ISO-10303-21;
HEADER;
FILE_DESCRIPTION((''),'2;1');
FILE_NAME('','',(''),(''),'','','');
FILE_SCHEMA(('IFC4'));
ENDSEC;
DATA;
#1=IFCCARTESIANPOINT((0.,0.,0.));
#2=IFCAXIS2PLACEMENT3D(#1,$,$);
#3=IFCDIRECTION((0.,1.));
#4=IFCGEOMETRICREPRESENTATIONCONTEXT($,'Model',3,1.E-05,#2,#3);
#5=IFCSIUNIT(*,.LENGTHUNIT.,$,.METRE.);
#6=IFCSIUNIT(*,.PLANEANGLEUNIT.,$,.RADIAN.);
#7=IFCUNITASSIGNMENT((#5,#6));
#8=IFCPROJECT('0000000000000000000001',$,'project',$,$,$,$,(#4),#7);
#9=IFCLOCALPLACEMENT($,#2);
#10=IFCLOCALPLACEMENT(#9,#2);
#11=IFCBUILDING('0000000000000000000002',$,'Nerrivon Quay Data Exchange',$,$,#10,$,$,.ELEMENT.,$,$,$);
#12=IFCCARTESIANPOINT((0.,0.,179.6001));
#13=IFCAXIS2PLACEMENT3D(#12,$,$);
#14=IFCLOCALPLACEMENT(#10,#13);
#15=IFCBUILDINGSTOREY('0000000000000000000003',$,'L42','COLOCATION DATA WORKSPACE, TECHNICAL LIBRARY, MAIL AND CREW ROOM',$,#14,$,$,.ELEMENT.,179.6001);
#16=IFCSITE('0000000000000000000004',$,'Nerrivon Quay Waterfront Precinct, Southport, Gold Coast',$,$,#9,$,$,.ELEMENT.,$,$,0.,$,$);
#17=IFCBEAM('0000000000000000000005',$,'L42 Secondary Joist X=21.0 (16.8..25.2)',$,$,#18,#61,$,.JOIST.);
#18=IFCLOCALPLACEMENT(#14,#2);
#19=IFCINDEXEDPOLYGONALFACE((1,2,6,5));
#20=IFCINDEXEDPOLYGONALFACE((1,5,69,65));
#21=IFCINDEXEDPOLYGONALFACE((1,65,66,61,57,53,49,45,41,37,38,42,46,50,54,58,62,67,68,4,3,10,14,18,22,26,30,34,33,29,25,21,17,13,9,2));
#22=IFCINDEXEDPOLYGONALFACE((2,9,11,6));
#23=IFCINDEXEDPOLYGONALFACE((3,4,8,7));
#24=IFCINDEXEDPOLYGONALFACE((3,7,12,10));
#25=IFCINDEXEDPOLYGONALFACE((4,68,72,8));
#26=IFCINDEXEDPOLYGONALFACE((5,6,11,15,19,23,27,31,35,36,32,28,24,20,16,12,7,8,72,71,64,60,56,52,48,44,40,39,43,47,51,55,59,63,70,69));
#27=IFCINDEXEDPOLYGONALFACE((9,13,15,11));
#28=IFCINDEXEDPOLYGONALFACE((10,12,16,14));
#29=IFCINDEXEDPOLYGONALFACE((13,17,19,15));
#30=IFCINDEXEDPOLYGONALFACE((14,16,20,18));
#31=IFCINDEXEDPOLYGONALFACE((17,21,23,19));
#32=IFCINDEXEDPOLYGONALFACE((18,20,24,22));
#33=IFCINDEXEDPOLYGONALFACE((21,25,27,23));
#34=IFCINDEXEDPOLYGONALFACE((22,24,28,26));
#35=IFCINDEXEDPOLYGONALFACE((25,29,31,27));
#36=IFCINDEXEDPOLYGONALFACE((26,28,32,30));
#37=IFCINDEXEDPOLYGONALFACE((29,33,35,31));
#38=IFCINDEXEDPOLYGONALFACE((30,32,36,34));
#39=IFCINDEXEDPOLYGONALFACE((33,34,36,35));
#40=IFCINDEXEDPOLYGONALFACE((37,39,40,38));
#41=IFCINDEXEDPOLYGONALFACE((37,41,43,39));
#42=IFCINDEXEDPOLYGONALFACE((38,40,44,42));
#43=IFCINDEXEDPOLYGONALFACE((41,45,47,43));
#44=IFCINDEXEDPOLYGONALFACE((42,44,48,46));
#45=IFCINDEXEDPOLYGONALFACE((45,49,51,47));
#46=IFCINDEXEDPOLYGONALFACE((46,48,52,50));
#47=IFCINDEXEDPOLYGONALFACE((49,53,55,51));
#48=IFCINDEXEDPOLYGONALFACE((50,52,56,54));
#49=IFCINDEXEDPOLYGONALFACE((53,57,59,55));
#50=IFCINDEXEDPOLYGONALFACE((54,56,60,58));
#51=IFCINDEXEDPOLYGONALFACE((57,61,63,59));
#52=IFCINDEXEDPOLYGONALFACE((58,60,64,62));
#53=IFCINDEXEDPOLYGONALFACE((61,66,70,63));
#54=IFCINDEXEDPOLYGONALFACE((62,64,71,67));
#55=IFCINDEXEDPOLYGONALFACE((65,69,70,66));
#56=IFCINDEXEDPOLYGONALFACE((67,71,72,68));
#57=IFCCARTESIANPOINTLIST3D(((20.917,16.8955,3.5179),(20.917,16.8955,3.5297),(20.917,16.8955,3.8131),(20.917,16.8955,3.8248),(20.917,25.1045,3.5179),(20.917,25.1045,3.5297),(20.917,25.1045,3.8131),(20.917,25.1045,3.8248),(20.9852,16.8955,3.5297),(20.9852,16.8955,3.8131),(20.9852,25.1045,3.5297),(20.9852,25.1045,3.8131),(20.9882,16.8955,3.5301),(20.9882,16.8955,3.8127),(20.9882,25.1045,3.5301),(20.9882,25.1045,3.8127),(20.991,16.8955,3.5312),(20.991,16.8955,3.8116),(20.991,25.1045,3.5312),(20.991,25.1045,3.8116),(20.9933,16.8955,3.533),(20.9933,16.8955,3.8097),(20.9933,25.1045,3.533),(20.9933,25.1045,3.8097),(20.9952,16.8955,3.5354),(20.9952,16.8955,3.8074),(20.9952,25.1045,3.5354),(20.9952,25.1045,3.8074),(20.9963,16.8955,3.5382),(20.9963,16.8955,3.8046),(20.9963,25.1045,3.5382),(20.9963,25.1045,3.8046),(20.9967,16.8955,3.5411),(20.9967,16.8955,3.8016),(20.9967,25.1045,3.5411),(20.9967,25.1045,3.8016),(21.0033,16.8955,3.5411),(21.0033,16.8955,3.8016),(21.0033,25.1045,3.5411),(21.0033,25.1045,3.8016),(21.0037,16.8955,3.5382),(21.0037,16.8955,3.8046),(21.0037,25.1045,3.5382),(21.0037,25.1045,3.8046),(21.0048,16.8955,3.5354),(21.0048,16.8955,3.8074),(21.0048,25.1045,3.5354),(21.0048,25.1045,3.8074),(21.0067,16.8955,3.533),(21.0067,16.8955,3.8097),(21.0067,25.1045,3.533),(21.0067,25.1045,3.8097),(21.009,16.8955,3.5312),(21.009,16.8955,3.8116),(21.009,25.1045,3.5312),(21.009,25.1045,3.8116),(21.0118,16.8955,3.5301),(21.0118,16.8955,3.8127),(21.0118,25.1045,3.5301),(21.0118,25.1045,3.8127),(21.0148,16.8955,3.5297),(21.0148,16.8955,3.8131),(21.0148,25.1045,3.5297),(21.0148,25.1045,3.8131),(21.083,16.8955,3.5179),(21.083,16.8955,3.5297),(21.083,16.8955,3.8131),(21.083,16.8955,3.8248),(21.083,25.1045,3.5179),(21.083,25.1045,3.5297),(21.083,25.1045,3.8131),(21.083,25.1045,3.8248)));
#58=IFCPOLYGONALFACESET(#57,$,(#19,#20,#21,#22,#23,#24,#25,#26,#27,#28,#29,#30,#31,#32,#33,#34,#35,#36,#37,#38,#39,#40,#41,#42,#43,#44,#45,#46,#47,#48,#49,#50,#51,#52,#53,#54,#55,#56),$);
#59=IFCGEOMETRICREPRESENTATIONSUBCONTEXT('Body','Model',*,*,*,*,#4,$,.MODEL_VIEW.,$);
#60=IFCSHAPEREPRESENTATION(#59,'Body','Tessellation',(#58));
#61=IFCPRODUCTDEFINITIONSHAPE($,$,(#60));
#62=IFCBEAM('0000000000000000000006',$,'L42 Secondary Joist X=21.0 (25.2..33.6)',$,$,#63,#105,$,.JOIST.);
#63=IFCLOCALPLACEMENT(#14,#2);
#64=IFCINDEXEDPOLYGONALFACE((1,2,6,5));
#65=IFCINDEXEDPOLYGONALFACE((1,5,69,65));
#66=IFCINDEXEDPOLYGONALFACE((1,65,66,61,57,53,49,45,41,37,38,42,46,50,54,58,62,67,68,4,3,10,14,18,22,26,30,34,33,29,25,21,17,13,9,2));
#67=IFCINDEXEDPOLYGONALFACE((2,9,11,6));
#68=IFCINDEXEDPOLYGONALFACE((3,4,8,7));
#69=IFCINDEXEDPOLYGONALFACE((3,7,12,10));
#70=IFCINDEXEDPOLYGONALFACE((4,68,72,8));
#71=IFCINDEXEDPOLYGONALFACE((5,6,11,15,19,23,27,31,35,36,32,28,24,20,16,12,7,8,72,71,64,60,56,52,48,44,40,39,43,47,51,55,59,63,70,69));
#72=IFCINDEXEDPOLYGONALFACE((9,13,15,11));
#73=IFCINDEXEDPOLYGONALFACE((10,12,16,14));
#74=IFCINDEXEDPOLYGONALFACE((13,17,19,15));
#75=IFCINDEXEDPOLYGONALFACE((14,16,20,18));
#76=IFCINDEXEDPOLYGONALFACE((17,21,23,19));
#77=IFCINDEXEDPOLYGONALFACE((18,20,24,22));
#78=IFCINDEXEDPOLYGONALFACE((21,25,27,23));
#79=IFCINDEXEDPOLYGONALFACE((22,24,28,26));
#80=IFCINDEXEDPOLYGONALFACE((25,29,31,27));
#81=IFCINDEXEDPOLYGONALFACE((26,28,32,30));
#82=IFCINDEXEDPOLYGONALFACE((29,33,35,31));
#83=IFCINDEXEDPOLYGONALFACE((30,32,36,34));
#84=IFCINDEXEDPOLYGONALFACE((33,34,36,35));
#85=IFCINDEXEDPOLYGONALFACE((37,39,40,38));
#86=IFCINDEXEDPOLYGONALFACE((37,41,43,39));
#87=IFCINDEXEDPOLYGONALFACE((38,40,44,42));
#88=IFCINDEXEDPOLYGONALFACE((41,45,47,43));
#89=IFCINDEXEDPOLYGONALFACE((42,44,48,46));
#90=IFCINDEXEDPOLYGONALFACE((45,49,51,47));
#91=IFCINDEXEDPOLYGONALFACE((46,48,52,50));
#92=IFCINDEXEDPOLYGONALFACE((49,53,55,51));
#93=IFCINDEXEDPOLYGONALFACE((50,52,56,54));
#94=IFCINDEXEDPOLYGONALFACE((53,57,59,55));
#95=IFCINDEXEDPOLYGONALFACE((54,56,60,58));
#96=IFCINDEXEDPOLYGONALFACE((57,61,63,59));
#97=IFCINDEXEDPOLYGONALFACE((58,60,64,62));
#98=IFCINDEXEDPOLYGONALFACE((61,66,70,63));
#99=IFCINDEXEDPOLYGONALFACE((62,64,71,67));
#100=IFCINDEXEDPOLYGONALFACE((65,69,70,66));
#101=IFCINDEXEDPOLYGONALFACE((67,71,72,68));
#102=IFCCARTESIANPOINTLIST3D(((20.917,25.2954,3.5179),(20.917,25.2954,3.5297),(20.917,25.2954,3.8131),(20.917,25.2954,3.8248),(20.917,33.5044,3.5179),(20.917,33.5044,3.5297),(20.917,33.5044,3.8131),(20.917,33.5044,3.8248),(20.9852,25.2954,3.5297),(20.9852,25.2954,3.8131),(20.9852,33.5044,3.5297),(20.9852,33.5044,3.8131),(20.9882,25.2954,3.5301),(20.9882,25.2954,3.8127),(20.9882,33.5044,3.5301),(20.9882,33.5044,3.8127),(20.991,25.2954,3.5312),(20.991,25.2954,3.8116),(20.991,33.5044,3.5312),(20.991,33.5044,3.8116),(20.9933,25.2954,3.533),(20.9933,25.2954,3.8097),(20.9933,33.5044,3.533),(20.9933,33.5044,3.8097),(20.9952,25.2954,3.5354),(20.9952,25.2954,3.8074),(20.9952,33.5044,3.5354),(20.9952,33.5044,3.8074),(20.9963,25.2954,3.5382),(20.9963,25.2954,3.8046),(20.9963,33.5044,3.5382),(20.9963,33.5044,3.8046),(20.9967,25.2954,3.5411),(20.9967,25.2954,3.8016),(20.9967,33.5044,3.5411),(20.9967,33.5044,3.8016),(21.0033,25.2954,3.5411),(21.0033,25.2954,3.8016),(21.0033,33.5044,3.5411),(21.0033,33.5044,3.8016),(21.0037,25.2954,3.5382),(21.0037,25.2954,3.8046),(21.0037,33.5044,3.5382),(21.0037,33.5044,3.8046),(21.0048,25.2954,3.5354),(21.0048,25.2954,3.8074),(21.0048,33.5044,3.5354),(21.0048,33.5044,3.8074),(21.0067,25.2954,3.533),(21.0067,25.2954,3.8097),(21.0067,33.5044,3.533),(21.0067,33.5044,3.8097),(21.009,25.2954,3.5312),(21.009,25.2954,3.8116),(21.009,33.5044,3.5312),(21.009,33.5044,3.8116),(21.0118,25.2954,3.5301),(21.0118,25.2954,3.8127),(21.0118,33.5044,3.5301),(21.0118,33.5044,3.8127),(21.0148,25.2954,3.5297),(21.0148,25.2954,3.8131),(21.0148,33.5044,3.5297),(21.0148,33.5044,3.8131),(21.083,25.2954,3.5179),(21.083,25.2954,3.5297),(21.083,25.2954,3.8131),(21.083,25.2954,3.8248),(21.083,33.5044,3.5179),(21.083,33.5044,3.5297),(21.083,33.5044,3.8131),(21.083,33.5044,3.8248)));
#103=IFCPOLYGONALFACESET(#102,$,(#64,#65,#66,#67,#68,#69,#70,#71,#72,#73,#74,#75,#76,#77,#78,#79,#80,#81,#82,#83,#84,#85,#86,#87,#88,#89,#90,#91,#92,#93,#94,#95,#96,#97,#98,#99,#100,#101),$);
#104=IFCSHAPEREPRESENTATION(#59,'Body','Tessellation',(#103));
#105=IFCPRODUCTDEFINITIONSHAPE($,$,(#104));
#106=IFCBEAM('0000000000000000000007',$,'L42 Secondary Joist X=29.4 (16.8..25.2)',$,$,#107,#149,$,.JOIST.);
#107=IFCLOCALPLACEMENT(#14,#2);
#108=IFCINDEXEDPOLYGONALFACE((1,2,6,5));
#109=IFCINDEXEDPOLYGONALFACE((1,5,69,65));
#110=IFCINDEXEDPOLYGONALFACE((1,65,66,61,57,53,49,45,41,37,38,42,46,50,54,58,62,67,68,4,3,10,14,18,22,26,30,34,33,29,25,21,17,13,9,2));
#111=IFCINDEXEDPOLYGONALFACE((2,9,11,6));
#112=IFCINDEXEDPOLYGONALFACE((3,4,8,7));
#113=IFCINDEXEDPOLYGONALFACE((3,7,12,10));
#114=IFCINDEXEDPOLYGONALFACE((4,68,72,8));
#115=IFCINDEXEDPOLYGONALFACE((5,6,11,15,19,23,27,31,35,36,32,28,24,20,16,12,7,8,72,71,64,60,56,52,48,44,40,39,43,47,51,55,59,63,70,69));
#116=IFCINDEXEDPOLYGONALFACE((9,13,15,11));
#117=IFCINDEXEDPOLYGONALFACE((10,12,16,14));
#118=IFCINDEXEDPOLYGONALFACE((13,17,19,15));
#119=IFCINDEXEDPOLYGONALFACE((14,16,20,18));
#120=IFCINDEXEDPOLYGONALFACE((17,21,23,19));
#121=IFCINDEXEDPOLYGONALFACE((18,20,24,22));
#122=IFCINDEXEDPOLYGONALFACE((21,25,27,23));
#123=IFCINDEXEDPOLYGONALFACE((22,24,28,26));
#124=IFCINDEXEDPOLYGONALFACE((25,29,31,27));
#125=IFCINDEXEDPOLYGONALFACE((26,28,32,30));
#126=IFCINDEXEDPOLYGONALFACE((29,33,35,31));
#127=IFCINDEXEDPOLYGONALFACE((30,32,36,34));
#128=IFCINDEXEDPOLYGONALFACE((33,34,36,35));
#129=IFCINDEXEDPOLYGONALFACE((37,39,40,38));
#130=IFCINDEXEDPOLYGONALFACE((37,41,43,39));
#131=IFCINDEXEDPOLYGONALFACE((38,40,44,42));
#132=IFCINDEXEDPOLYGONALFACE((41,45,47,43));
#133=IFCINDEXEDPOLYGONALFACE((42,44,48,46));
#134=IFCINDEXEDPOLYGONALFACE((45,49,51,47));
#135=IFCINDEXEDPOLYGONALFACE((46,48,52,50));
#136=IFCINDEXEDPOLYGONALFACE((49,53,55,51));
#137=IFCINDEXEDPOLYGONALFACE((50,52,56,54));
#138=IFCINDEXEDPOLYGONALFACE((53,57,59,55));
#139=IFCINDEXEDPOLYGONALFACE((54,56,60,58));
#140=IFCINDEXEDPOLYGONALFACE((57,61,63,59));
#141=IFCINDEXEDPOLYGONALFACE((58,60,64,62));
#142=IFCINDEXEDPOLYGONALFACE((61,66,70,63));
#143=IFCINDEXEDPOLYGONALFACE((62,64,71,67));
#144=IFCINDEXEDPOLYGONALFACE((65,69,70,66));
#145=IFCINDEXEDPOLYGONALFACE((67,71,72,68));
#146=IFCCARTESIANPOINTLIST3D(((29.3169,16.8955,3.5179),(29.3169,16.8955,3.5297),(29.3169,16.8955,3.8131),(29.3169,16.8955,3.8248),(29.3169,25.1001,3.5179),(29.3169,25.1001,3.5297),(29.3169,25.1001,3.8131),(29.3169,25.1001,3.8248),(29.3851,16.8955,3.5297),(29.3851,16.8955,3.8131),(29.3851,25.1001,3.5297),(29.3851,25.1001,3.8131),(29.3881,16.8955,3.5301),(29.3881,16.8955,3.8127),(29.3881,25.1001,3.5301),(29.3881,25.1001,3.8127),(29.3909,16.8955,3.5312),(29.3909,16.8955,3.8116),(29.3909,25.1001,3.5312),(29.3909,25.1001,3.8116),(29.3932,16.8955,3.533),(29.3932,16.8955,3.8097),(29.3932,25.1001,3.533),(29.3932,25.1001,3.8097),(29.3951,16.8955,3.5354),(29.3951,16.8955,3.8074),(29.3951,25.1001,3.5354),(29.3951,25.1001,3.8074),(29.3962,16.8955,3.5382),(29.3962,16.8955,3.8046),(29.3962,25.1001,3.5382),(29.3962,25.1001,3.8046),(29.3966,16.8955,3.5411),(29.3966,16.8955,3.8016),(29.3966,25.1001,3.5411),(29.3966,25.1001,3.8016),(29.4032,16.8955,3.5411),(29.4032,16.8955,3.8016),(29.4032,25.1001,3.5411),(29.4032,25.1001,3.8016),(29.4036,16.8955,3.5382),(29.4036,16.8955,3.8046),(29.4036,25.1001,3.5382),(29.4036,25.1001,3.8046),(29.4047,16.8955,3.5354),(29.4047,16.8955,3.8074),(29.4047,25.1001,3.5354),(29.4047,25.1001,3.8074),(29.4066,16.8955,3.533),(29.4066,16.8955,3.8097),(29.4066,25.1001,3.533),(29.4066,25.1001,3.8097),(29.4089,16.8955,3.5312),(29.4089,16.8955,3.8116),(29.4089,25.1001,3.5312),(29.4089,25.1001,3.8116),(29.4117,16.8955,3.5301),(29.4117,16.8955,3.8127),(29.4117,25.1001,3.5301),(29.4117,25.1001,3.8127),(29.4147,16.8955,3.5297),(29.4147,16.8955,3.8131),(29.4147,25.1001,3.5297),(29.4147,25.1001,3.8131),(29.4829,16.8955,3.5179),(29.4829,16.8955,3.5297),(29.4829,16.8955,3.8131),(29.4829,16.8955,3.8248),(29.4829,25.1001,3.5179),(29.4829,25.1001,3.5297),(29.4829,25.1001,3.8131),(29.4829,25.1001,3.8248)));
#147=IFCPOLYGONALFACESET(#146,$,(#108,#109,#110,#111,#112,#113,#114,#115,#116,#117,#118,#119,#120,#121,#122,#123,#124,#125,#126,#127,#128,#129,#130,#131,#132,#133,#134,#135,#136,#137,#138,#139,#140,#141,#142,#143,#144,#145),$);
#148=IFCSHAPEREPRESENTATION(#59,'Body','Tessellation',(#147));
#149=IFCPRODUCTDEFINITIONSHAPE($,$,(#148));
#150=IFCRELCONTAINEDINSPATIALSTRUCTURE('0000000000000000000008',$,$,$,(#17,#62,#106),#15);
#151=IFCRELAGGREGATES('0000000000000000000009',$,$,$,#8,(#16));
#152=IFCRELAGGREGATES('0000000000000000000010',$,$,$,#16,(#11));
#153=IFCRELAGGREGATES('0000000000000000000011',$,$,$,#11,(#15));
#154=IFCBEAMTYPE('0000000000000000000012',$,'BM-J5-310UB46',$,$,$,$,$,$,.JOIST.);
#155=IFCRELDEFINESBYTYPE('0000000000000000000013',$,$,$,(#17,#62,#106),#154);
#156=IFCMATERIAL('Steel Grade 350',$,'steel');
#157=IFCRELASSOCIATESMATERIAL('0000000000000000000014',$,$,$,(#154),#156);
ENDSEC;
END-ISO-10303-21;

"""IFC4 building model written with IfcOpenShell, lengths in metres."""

from ifc_helpers import new_model, si_unit, direction, frame, origin, origin_2d, place, context, subcontext, project, spatial, i_section, extrude, material, material_profile, profile_set, type_object, element, save


model = new_model("IFC4")

# Units and contexts
model_context = context("Model", 3, precision=1e-05, world=origin(), true_north=direction((0.0, 1.0)))
body_context = subcontext(model_context, "Body", "Model", "MODEL_VIEW")
ifc_project = project(units=[si_unit("LENGTHUNIT", "METRE"), si_unit("PLANEANGLEUNIT", "RADIAN")], contexts=[model_context])

# Site, building, storey
site_placement = place(None, origin())
site = spatial("IfcSite", under=ifc_project, at=site_placement, Name="Nerrivon Quay Waterfront Precinct, Southport, Gold Coast", CompositionType="ELEMENT", RefElevation=0.0)
building_placement = place(site_placement, origin())
building = spatial("IfcBuilding", under=site, at=building_placement, Name="Nerrivon Quay Data Exchange", CompositionType="ELEMENT")
storey_placement = place(building_placement, frame((0.0, 0.0, 179.6001)))
storey = spatial("IfcBuildingStorey", under=building, at=storey_placement, Name="L42", Description="COLOCATION DATA WORKSPACE, TECHNICAL LIBRARY, MAIL AND CREW ROOM", CompositionType="ELEMENT", Elevation=179.6001)

# Shared definitions
ifc_material_1 = material(Name="Steel Grade 350", Category="steel")

# Beams
ifc_material_profile_1 = material_profile(ifc_material_1, i_section(OverallWidth=0.166, OverallDepth=0.3069, WebThickness=0.0066, FlangeThickness=0.0117, FilletRadius=0.0115, at=origin_2d()), Name="310UB46.2")
ifc_profile_set_1 = profile_set([ifc_material_profile_1], Name="Steel Grade 350")
beam_type_1 = type_object("IfcBeamType", Name="BM-J5-310UB46", PredefinedType="JOIST", material=ifc_profile_set_1)
for number, where, z_axis, x_axis, name in (
    (1, (21.0, 16.8955, 3.6714), (0.0, 1.0, 0.0), (-1.0, 0.0, 0.0), "L42 Secondary Joist X=21.0 (16.8..25.2)"),
    (2, (21.0, 25.2954, 3.6714), (0.0, 1.0, 0.0), (-1.0, 0.0, 0.0), "L42 Secondary Joist X=21.0 (25.2..33.6)"),
):
    element("IfcBeam", number, at=place(storey_placement, frame(where, z_axis=z_axis, x_axis=x_axis)), inside=storey, type_object=beam_type_1, Name=name, PredefinedType="JOIST", context=body_context, shape_type="SweptSolid", body=[
        extrude(i_section(OverallWidth=0.166, OverallDepth=0.3069, WebThickness=0.0066, FlangeThickness=0.0117, FilletRadius=0.0115, at=origin_2d()), origin(), (0.0, 0.0, 1.0), 8.209),
    ])
beam_1_placement = place(storey_placement, frame((29.3999, 16.8955, 3.6714), z_axis=(0.0, 1.0, 0.0), x_axis=(-1.0, 0.0, 0.0)))
element("IfcBeam", 3, at=beam_1_placement, inside=storey, type_object=beam_type_1, Name="L42 Secondary Joist X=29.4 (16.8..25.2)", PredefinedType="JOIST", context=body_context, shape_type="SweptSolid", body=[
    extrude(i_section(OverallWidth=0.166, OverallDepth=0.3069, WebThickness=0.0066, FlangeThickness=0.0117, FilletRadius=0.0115, at=origin_2d()), origin(), (0.0, 0.0, 1.0), 8.2046),
])

save(model, "model.ifc")
